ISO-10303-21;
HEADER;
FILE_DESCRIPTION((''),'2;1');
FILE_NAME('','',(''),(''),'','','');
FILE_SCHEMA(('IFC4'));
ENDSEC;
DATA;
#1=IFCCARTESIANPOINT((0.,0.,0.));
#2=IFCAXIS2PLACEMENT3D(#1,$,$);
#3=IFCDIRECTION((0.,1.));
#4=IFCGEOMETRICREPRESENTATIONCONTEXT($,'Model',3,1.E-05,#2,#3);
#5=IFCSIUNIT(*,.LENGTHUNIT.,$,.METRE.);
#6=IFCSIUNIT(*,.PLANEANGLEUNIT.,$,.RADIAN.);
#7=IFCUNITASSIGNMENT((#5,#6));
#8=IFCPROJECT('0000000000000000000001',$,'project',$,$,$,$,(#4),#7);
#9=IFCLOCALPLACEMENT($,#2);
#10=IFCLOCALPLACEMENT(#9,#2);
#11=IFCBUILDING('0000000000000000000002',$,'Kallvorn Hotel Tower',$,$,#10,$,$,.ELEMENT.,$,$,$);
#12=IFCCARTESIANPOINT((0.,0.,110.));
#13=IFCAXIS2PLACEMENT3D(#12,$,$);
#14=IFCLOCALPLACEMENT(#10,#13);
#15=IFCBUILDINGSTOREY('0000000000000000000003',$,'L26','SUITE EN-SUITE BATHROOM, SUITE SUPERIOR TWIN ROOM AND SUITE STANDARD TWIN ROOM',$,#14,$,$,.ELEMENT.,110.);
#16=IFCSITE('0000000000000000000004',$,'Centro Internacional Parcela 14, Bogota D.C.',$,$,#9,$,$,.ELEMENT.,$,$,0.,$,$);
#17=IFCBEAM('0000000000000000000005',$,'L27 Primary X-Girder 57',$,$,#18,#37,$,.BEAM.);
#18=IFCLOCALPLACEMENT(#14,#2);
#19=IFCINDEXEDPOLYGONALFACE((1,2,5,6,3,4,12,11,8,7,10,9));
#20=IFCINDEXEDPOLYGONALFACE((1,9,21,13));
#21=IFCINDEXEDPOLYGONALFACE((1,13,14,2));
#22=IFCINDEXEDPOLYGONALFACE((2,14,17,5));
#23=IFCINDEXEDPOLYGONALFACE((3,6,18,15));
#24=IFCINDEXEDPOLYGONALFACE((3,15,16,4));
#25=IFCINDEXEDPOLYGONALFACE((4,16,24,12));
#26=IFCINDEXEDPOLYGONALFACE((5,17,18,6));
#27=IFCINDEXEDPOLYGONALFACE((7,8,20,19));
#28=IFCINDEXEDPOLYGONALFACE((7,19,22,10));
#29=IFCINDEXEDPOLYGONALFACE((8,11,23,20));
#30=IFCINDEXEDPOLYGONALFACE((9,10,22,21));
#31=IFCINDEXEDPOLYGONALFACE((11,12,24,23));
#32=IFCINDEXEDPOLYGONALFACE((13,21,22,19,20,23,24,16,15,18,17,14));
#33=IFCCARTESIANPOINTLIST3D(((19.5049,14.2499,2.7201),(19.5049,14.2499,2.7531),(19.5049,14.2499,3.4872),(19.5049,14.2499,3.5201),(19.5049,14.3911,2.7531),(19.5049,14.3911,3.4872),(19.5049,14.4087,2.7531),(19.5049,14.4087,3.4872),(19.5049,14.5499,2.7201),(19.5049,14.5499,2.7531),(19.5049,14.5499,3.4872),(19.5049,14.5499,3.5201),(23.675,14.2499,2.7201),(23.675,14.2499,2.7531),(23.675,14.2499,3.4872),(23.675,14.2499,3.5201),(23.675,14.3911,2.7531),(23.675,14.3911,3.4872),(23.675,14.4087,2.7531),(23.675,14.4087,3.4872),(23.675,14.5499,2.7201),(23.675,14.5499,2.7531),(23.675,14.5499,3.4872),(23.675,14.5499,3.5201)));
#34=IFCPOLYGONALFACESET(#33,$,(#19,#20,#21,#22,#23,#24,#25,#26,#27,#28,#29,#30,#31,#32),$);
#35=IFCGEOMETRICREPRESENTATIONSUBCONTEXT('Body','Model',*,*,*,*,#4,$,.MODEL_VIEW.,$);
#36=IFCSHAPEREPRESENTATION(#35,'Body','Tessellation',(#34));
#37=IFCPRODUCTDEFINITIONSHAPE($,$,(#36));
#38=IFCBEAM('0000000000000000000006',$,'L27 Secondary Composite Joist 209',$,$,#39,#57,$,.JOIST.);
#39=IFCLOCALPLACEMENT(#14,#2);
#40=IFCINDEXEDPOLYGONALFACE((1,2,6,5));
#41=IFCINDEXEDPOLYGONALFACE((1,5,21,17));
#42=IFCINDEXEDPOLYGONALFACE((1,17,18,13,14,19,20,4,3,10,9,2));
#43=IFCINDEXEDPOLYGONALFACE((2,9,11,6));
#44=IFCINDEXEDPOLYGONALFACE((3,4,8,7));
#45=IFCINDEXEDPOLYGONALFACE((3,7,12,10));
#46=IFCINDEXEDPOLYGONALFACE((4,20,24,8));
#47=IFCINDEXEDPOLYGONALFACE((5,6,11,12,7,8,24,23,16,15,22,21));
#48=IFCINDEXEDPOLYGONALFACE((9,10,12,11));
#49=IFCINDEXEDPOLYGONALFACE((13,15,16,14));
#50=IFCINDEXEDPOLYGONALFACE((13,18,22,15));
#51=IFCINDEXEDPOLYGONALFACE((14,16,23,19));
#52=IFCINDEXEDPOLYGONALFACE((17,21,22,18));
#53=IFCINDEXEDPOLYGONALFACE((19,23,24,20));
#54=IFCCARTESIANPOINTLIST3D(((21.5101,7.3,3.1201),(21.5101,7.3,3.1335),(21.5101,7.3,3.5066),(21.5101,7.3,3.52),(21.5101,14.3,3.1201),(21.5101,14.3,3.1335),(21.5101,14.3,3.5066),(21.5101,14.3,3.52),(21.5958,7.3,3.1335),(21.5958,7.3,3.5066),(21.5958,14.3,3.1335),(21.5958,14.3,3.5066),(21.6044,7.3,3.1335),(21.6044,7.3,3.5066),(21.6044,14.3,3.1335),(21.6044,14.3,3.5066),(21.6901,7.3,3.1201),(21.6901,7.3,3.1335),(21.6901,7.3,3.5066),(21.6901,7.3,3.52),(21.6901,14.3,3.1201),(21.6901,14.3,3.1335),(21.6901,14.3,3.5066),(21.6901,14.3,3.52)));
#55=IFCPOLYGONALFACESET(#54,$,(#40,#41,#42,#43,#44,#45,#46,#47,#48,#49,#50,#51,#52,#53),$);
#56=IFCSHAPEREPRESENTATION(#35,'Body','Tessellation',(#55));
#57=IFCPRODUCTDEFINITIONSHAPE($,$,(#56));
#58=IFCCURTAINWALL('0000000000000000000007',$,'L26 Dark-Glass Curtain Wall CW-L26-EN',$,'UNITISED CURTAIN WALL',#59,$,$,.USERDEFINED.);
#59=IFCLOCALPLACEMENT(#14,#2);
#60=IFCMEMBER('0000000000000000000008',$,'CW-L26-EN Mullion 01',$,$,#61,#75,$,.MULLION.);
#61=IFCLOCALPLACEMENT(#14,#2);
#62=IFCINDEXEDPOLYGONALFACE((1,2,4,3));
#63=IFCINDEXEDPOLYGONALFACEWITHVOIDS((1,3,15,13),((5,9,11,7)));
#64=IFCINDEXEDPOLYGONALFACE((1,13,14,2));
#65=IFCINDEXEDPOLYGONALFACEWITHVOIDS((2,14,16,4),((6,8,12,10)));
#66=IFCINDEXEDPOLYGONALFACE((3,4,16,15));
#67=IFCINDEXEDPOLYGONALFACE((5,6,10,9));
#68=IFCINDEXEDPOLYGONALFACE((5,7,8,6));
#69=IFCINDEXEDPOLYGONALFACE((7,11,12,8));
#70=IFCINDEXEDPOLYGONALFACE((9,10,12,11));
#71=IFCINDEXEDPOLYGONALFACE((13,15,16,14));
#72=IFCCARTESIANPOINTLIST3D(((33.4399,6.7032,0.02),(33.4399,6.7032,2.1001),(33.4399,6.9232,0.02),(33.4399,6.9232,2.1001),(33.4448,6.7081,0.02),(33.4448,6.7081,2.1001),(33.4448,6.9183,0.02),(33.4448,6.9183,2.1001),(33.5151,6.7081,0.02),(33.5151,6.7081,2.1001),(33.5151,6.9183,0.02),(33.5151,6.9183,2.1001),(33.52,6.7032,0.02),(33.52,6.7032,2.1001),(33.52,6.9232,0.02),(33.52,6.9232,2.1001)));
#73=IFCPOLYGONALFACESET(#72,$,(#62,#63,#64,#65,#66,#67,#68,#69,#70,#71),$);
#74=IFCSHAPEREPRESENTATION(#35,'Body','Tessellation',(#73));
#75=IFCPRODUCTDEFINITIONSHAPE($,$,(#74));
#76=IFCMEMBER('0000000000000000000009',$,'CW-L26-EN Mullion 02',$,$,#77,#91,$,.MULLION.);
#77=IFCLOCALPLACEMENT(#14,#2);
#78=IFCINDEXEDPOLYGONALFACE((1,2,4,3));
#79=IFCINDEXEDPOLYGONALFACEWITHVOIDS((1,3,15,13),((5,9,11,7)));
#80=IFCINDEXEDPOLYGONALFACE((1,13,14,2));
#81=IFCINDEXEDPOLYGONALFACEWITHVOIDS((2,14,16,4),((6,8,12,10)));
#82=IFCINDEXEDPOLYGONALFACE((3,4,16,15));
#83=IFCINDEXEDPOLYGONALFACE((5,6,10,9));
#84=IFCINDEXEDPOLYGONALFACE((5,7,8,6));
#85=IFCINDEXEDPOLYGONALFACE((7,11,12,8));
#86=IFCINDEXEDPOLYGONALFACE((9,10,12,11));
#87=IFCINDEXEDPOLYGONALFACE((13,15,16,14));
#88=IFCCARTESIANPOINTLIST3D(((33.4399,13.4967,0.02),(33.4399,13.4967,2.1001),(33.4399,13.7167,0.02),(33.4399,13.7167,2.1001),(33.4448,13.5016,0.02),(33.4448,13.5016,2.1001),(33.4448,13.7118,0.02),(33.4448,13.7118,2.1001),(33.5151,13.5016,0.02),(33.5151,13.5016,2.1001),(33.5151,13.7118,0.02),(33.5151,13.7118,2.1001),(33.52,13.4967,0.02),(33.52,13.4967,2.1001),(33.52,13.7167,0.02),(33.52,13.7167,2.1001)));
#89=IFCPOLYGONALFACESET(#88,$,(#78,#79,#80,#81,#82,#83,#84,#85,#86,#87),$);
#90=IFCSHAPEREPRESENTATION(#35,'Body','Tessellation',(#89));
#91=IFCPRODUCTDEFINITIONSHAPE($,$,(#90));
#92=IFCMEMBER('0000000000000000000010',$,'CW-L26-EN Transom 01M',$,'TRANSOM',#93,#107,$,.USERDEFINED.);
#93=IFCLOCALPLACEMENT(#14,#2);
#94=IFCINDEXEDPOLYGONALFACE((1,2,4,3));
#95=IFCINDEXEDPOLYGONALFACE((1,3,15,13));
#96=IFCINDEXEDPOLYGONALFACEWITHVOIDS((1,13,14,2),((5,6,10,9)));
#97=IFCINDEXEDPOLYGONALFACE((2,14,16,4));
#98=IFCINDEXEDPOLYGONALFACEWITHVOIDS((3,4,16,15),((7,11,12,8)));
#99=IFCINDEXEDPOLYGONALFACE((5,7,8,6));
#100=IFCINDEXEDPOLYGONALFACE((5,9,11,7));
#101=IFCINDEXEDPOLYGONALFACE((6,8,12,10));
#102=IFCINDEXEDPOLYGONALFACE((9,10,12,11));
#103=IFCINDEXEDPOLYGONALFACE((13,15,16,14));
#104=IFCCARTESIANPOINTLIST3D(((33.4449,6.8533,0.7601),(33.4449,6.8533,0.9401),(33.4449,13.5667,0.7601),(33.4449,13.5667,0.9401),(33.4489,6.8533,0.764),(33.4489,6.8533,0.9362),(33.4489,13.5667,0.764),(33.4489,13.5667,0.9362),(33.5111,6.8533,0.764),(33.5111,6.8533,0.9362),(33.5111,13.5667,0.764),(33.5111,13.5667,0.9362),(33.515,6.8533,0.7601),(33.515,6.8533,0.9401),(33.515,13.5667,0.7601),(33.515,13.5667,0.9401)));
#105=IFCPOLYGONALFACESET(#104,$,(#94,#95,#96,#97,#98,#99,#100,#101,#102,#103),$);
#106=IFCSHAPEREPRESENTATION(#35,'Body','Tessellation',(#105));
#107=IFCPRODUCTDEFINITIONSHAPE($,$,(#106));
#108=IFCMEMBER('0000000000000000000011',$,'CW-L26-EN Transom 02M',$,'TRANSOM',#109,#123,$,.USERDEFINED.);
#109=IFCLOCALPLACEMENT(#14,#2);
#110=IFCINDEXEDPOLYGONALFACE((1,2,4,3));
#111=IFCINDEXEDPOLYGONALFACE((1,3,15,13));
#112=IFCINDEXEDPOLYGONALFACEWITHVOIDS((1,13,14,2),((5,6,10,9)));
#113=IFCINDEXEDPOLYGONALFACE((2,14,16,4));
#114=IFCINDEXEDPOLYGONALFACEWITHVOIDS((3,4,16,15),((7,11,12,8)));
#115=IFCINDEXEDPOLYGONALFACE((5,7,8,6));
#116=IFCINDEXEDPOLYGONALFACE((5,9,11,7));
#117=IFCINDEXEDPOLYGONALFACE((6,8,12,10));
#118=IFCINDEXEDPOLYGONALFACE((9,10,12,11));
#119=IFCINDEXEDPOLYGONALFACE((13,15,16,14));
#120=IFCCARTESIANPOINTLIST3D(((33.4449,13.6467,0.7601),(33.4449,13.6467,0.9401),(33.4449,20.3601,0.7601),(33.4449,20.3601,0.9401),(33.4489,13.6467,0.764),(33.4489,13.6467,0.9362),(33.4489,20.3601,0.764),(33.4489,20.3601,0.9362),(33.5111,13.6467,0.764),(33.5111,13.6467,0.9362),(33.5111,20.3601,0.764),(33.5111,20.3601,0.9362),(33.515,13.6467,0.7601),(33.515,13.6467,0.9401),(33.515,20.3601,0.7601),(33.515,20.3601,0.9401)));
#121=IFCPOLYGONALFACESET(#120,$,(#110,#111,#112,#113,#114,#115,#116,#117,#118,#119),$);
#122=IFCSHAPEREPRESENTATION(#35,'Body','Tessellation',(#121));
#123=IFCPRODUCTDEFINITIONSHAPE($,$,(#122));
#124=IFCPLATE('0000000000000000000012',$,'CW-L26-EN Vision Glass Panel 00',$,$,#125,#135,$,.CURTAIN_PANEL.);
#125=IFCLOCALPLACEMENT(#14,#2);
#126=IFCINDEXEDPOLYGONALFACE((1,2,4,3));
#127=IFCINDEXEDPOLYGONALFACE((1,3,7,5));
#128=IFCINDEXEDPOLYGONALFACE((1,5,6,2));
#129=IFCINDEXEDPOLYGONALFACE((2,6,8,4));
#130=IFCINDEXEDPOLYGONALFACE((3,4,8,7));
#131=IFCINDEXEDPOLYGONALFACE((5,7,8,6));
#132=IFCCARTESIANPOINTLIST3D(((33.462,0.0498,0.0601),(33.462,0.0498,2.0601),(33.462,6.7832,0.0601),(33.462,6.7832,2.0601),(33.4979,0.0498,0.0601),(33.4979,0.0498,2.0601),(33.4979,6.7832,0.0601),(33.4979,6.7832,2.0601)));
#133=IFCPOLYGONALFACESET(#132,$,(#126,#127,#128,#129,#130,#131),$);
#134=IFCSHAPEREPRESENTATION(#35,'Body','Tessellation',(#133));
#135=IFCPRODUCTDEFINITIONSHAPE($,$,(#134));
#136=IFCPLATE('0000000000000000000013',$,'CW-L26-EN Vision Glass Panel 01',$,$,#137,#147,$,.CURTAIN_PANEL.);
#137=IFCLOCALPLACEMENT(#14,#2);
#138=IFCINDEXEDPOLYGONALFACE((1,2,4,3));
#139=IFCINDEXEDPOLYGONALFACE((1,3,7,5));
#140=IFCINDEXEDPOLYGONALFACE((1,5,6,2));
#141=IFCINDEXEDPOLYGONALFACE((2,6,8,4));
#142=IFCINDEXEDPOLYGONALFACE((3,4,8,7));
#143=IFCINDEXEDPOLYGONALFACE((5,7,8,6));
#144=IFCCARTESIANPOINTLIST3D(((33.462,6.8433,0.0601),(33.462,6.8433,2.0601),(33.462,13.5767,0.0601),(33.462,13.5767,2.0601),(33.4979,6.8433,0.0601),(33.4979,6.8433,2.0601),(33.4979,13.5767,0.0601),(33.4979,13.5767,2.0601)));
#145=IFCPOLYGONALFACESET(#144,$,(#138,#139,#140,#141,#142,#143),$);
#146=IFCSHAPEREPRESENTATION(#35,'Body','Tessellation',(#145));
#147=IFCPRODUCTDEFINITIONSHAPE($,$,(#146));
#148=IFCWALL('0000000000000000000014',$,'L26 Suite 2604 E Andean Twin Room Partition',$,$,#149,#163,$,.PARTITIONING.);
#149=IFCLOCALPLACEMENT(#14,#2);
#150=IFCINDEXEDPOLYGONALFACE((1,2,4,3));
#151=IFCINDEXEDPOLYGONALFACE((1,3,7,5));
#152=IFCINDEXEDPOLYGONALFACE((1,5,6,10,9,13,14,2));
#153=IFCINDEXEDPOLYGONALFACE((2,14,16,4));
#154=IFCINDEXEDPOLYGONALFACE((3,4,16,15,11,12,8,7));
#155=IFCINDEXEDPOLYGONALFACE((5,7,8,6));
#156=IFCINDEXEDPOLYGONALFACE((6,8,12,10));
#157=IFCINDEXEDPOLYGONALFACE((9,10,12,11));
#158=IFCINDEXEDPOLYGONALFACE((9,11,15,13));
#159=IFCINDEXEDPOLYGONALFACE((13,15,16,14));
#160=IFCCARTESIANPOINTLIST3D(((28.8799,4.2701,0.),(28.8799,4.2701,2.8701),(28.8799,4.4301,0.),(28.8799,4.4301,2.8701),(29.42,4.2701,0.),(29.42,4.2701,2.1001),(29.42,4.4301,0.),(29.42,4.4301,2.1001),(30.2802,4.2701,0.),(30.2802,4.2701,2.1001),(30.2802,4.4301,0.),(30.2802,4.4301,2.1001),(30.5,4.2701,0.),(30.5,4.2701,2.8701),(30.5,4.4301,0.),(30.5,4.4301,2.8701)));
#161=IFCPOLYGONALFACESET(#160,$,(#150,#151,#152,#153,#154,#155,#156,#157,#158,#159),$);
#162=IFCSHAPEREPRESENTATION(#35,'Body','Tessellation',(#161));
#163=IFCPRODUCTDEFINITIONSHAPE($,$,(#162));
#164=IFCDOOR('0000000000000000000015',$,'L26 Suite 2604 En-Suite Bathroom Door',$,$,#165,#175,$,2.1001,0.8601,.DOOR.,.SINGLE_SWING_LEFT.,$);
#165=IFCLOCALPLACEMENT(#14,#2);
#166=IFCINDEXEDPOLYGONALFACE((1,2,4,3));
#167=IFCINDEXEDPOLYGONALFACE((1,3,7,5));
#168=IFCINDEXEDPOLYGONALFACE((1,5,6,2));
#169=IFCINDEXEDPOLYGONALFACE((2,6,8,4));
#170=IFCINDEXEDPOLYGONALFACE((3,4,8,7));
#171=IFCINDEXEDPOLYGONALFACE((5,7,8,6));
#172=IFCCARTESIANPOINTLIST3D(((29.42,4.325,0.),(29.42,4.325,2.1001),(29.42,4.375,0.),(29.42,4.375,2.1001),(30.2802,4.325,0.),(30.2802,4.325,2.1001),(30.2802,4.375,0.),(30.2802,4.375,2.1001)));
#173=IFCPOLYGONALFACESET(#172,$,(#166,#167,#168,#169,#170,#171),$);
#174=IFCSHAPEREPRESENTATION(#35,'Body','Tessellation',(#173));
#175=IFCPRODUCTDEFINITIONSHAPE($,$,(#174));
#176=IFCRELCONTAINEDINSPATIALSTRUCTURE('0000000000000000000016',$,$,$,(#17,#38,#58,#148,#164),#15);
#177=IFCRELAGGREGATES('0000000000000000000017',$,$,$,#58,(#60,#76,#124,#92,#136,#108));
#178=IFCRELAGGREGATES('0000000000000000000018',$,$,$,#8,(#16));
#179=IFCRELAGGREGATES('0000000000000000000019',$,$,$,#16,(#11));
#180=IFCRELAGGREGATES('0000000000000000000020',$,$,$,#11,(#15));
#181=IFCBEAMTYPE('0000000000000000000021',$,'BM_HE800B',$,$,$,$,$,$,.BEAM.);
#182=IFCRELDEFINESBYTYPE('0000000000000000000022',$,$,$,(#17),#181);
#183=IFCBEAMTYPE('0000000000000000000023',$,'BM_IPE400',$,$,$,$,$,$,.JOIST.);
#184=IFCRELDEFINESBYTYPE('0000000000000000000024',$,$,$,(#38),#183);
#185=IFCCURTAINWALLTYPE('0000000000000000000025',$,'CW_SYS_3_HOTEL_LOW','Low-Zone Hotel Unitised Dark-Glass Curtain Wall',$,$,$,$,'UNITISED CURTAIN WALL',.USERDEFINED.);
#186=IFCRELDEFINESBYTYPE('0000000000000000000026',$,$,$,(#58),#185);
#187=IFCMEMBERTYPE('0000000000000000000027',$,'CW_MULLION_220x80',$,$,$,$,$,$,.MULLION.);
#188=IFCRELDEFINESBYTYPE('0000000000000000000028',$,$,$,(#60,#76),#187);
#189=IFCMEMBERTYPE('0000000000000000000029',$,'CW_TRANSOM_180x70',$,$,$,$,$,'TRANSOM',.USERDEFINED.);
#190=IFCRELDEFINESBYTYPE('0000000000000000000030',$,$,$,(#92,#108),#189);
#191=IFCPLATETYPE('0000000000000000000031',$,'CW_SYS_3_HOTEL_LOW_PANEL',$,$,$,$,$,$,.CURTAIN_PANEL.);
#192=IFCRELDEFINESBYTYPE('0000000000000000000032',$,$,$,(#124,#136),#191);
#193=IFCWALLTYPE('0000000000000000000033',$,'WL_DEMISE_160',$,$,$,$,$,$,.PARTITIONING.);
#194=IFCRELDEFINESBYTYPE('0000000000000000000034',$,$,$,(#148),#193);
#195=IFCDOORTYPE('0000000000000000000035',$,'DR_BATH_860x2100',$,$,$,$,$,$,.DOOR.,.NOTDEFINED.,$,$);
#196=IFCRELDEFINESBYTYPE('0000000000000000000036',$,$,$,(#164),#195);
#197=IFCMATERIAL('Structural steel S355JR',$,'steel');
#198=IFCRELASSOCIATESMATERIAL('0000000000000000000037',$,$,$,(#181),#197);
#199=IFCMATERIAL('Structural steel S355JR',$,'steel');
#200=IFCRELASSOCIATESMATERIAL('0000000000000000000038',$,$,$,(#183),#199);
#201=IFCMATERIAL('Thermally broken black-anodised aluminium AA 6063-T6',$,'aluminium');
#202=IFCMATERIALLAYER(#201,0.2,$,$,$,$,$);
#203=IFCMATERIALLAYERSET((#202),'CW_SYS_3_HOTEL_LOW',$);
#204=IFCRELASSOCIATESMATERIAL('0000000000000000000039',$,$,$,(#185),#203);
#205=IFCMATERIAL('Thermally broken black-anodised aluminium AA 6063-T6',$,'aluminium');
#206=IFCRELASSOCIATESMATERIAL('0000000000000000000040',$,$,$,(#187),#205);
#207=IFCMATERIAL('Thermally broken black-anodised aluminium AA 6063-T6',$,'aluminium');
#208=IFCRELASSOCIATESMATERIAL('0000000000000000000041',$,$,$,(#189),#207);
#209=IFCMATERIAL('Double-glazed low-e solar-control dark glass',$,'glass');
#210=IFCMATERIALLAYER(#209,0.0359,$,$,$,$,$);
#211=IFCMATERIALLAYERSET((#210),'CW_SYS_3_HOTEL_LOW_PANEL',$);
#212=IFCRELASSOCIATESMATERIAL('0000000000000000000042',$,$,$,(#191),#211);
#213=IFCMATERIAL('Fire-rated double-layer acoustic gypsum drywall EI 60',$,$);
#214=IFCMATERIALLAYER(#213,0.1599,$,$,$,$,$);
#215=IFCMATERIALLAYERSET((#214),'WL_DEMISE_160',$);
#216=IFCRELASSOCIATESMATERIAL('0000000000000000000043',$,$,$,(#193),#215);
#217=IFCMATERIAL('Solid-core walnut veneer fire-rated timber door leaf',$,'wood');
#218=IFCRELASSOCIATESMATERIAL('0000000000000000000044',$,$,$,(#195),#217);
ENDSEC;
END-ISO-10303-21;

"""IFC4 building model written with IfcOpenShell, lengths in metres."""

from ifc_helpers import new_model, si_unit, direction, frame, frame_2d, origin, origin_2d, place, context, subcontext, project, spatial, rectangle, hollow_rectangle, i_section, extrude, material, layer, layer_set, material_profile, profile_set, type_object, element, fill, aggregate, save


model = new_model("IFC4")

# Units and contexts
model_context = context("Model", 3, precision=1e-05, world=origin(), true_north=direction((0.0, 1.0)))
body_context = subcontext(model_context, "Body", "Model", "MODEL_VIEW")
ifc_project = project(units=[si_unit("LENGTHUNIT", "METRE"), si_unit("PLANEANGLEUNIT", "RADIAN")], contexts=[model_context])

# Site, building, storey
site_placement = place(None, origin())
site = spatial("IfcSite", under=ifc_project, at=site_placement, Name="Centro Internacional Parcela 14, Bogota D.C.", CompositionType="ELEMENT", RefElevation=0.0)
building_placement = place(site_placement, origin())
building = spatial("IfcBuilding", under=site, at=building_placement, Name="Kallvorn Hotel Tower", CompositionType="ELEMENT")
storey_placement = place(building_placement, frame((0.0, 0.0, 110.0)))
storey = spatial("IfcBuildingStorey", under=building, at=storey_placement, Name="L26", Description="SUITE EN-SUITE BATHROOM, SUITE SUPERIOR TWIN ROOM AND SUITE STANDARD TWIN ROOM", CompositionType="ELEMENT", Elevation=110.0)

# Beams
ifc_material_1 = material(Name="Structural steel S355JR", Category="steel")
ifc_material_profile_1 = material_profile(ifc_material_1, i_section(OverallWidth=0.3, OverallDepth=0.8, WebThickness=0.0176, FlangeThickness=0.033, at=origin_2d()), Name="HE 800 B")
ifc_profile_set_1 = profile_set([ifc_material_profile_1], Name="Structural steel S355JR")
beam_type_1 = type_object("IfcBeamType", Name="BM_HE800B", PredefinedType="BEAM", material=ifc_profile_set_1)
beam_1_placement = place(storey_placement, frame((19.5049, 14.3999, 3.1201), z_axis=(1.0, 0.0, 0.0), x_axis=(0.0, 1.0, 0.0)))
element("IfcBeam", 1, at=beam_1_placement, inside=storey, type_object=beam_type_1, Name="L27 Primary X-Girder 57", PredefinedType="BEAM", context=body_context, shape_type="SweptSolid", body=[
    extrude(i_section(OverallWidth=0.3, OverallDepth=0.8, WebThickness=0.0176, FlangeThickness=0.033, at=origin_2d()), origin(), (0.0, 0.0, 1.0), 4.1702),
])
ifc_material_2 = material(Name="Structural steel S355JR", Category="steel")
ifc_material_profile_2 = material_profile(ifc_material_2, i_section(OverallWidth=0.1799, OverallDepth=0.3999, WebThickness=0.0085, FlangeThickness=0.0134, at=origin_2d()), Name="IPE 400")
ifc_profile_set_2 = profile_set([ifc_material_profile_2], Name="Structural steel S355JR")
beam_type_2 = type_object("IfcBeamType", Name="BM_IPE400", PredefinedType="JOIST", material=ifc_profile_set_2)
beam_2_placement = place(storey_placement, frame((21.6001, 7.3, 3.3201), z_axis=(0.0, 1.0, 0.0), x_axis=(-1.0, 0.0, 0.0)))
element("IfcBeam", 2, at=beam_2_placement, inside=storey, type_object=beam_type_2, Name="L27 Secondary Composite Joist 209", PredefinedType="JOIST", context=body_context, shape_type="SweptSolid", body=[
    extrude(i_section(OverallWidth=0.1799, OverallDepth=0.3999, WebThickness=0.0085, FlangeThickness=0.0134, at=origin_2d()), origin(), (0.0, 0.0, 1.0), 7.0),
])

# Curtain wall, members, plates
ifc_material_3 = material(Name="Thermally broken black-anodised aluminium AA 6063-T6", Category="aluminium")
ifc_layer_1 = layer(ifc_material_3, 0.2)
ifc_layer_set_1 = layer_set([ifc_layer_1], Name="CW_SYS_3_HOTEL_LOW")
curtain_wall_type = type_object("IfcCurtainWallType", Name="CW_SYS_3_HOTEL_LOW", Description="Low-Zone Hotel Unitised Dark-Glass Curtain Wall", ElementType="UNITISED CURTAIN WALL", PredefinedType="USERDEFINED", material=ifc_layer_set_1)
curtain_wall_placement = place(storey_placement, origin())
curtain_wall = element("IfcCurtainWall", 3, at=curtain_wall_placement, inside=storey, type_object=curtain_wall_type, Name="L26 Dark-Glass Curtain Wall CW-L26-EN", ObjectType="UNITISED CURTAIN WALL", PredefinedType="USERDEFINED")
ifc_material_4 = material(Name="Thermally broken black-anodised aluminium AA 6063-T6", Category="aluminium")
ifc_material_profile_3 = material_profile(ifc_material_4, hollow_rectangle(XDim=0.0801, YDim=0.22, WallThickness=0.0049, at=origin_2d()), Name="MUL 220x80")
ifc_profile_set_3 = profile_set([ifc_material_profile_3], Name="Thermally broken black-anodised aluminium AA 6063-T6")
member_type_1 = type_object("IfcMemberType", Name="CW_MULLION_220x80", PredefinedType="MULLION", material=ifc_profile_set_3)
member_1_placement = place(storey_placement, frame((33.48, 6.8132, 0.02), z_axis=(0.0, 0.0, 1.0), x_axis=(1.0, 0.0, 0.0)))
member_1 = element("IfcMember", 4, at=member_1_placement, type_object=member_type_1, Name="CW-L26-EN Mullion 01", PredefinedType="MULLION", context=body_context, shape_type="SweptSolid", body=[
    extrude(hollow_rectangle(XDim=0.0801, YDim=0.22, WallThickness=0.0049, at=origin_2d()), origin(), (0.0, 0.0, 1.0), 2.0801),
])
member_2_placement = place(storey_placement, frame((33.48, 13.6067, 0.02), z_axis=(0.0, 0.0, 1.0), x_axis=(1.0, 0.0, 0.0)))
member_2 = element("IfcMember", 5, at=member_2_placement, type_object=member_type_1, Name="CW-L26-EN Mullion 02", PredefinedType="MULLION", context=body_context, shape_type="SweptSolid", body=[
    extrude(hollow_rectangle(XDim=0.0801, YDim=0.22, WallThickness=0.0049, at=origin_2d()), origin(), (0.0, 0.0, 1.0), 2.0801),
])
ifc_material_5 = material(Name="Thermally broken black-anodised aluminium AA 6063-T6", Category="aluminium")
ifc_material_profile_4 = material_profile(ifc_material_5, hollow_rectangle(XDim=0.0701, YDim=0.1799, WallThickness=0.0039, at=origin_2d()), Name="TRN 180x70")
ifc_profile_set_4 = profile_set([ifc_material_profile_4], Name="Thermally broken black-anodised aluminium AA 6063-T6")
member_type_2 = type_object("IfcMemberType", Name="CW_TRANSOM_180x70", ElementType="TRANSOM", PredefinedType="USERDEFINED", material=ifc_profile_set_4)
member_3_placement = place(storey_placement, frame((33.48, 6.8533, 0.8501), z_axis=(0.0, 1.0, 0.0), x_axis=(-1.0, 0.0, 0.0)))
member_3 = element("IfcMember", 6, at=member_3_placement, type_object=member_type_2, Name="CW-L26-EN Transom 01M", ObjectType="TRANSOM", PredefinedType="USERDEFINED", context=body_context, shape_type="SweptSolid", body=[
    extrude(hollow_rectangle(XDim=0.0701, YDim=0.1799, WallThickness=0.0039, at=origin_2d()), origin(), (0.0, 0.0, 1.0), 6.7134),
])
member_4_placement = place(storey_placement, frame((33.48, 13.6467, 0.8501), z_axis=(0.0, 1.0, 0.0), x_axis=(-1.0, 0.0, 0.0)))
member_4 = element("IfcMember", 7, at=member_4_placement, type_object=member_type_2, Name="CW-L26-EN Transom 02M", ObjectType="TRANSOM", PredefinedType="USERDEFINED", context=body_context, shape_type="SweptSolid", body=[
    extrude(hollow_rectangle(XDim=0.0701, YDim=0.1799, WallThickness=0.0039, at=origin_2d()), origin(), (0.0, 0.0, 1.0), 6.7134),
])
ifc_material_6 = material(Name="Double-glazed low-e solar-control dark glass", Category="glass")
ifc_layer_2 = layer(ifc_material_6, 0.0359)
ifc_layer_set_2 = layer_set([ifc_layer_2], Name="CW_SYS_3_HOTEL_LOW_PANEL")
plate_type = type_object("IfcPlateType", Name="CW_SYS_3_HOTEL_LOW_PANEL", PredefinedType="CURTAIN_PANEL", material=ifc_layer_set_2)
plate_1_placement = place(storey_placement, frame((33.48, 3.4165, 0.0601), z_axis=(0.0, 0.0, 1.0), x_axis=(0.0, 1.0, 0.0)))
plate_1 = element("IfcPlate", 8, at=plate_1_placement, type_object=plate_type, Name="CW-L26-EN Vision Glass Panel 00", PredefinedType="CURTAIN_PANEL", context=body_context, shape_type="SweptSolid", body=[
    extrude(rectangle(XDim=6.7334, YDim=0.0359, at=origin_2d()), origin(), (0.0, 0.0, 1.0), 2.0),
])
plate_2_placement = place(storey_placement, frame((33.48, 10.21, 0.0601), z_axis=(0.0, 0.0, 1.0), x_axis=(0.0, 1.0, 0.0)))
plate_2 = element("IfcPlate", 9, at=plate_2_placement, type_object=plate_type, Name="CW-L26-EN Vision Glass Panel 01", PredefinedType="CURTAIN_PANEL", context=body_context, shape_type="SweptSolid", body=[
    extrude(rectangle(XDim=6.7334, YDim=0.0359, at=origin_2d()), origin(), (0.0, 0.0, 1.0), 2.0),
])
aggregate(curtain_wall, [member_1, member_2, plate_1, member_3, plate_2, member_4])

# Wall, opening, door
ifc_material_7 = material(Name="Fire-rated double-layer acoustic gypsum drywall EI 60")
ifc_layer_3 = layer(ifc_material_7, 0.1599)
ifc_layer_set_3 = layer_set([ifc_layer_3], Name="WL_DEMISE_160")
wall_type_1 = type_object("IfcWallType", Name="WL_DEMISE_160", PredefinedType="PARTITIONING", material=ifc_layer_set_3)
wall_1_placement = place(storey_placement, frame((28.8799, 4.3501, 0.0), z_axis=(0.0, 0.0, 1.0), x_axis=(1.0, 0.0, 0.0)))
wall_1 = element("IfcWall", 10, at=wall_1_placement, inside=storey, type_object=wall_type_1, Name="L26 Suite 2604 E Andean Twin Room Partition", PredefinedType="PARTITIONING", context=body_context, shape_type="SweptSolid", body=[
    extrude(rectangle(XDim=1.6201, YDim=0.1599, at=frame_2d((0.8101, 0.0))), origin(), (0.0, 0.0, 1.0), 2.8701),
])
opening_1_placement = place(wall_1_placement, frame((0.54, 0.0, 0.0)))
opening_1 = element("IfcOpeningElement", 11, at=opening_1_placement, cuts=wall_1, PredefinedType="OPENING", context=body_context, shape_type="SweptSolid", body=[
    extrude(rectangle(XDim=0.8601, YDim=2.1001, at=frame_2d((0.4302, 1.05))), frame((0.0, 0.095, 0.0), z_axis=(0.0, -1.0, 0.0), x_axis=(1.0, 0.0, 0.0)), (0.0, 0.0, 1.0), 0.1899),
])
ifc_material_8 = material(Name="Solid-core walnut veneer fire-rated timber door leaf", Category="wood")
door_type = type_object("IfcDoorType", Name="DR_BATH_860x2100", OperationType="NOTDEFINED", PredefinedType="DOOR", material=ifc_material_8)
door_1_placement = place(opening_1_placement, origin())
door_1 = element("IfcDoor", 12, at=door_1_placement, inside=storey, type_object=door_type, Name="L26 Suite 2604 En-Suite Bathroom Door", OperationType="SINGLE_SWING_LEFT", OverallHeight=2.1001, OverallWidth=0.8601, PredefinedType="DOOR", context=body_context, shape_type="SweptSolid", body=[
    extrude(rectangle(XDim=0.8601, YDim=2.1001, at=frame_2d((0.4302, 1.05))), frame((0.0, 0.0249, 0.0), z_axis=(0.0, -1.0, 0.0), x_axis=(1.0, 0.0, 0.0)), (0.0, 0.0, 1.0), 0.05),
])
fill(opening_1, door_1)

save(model, "model.ifc")
